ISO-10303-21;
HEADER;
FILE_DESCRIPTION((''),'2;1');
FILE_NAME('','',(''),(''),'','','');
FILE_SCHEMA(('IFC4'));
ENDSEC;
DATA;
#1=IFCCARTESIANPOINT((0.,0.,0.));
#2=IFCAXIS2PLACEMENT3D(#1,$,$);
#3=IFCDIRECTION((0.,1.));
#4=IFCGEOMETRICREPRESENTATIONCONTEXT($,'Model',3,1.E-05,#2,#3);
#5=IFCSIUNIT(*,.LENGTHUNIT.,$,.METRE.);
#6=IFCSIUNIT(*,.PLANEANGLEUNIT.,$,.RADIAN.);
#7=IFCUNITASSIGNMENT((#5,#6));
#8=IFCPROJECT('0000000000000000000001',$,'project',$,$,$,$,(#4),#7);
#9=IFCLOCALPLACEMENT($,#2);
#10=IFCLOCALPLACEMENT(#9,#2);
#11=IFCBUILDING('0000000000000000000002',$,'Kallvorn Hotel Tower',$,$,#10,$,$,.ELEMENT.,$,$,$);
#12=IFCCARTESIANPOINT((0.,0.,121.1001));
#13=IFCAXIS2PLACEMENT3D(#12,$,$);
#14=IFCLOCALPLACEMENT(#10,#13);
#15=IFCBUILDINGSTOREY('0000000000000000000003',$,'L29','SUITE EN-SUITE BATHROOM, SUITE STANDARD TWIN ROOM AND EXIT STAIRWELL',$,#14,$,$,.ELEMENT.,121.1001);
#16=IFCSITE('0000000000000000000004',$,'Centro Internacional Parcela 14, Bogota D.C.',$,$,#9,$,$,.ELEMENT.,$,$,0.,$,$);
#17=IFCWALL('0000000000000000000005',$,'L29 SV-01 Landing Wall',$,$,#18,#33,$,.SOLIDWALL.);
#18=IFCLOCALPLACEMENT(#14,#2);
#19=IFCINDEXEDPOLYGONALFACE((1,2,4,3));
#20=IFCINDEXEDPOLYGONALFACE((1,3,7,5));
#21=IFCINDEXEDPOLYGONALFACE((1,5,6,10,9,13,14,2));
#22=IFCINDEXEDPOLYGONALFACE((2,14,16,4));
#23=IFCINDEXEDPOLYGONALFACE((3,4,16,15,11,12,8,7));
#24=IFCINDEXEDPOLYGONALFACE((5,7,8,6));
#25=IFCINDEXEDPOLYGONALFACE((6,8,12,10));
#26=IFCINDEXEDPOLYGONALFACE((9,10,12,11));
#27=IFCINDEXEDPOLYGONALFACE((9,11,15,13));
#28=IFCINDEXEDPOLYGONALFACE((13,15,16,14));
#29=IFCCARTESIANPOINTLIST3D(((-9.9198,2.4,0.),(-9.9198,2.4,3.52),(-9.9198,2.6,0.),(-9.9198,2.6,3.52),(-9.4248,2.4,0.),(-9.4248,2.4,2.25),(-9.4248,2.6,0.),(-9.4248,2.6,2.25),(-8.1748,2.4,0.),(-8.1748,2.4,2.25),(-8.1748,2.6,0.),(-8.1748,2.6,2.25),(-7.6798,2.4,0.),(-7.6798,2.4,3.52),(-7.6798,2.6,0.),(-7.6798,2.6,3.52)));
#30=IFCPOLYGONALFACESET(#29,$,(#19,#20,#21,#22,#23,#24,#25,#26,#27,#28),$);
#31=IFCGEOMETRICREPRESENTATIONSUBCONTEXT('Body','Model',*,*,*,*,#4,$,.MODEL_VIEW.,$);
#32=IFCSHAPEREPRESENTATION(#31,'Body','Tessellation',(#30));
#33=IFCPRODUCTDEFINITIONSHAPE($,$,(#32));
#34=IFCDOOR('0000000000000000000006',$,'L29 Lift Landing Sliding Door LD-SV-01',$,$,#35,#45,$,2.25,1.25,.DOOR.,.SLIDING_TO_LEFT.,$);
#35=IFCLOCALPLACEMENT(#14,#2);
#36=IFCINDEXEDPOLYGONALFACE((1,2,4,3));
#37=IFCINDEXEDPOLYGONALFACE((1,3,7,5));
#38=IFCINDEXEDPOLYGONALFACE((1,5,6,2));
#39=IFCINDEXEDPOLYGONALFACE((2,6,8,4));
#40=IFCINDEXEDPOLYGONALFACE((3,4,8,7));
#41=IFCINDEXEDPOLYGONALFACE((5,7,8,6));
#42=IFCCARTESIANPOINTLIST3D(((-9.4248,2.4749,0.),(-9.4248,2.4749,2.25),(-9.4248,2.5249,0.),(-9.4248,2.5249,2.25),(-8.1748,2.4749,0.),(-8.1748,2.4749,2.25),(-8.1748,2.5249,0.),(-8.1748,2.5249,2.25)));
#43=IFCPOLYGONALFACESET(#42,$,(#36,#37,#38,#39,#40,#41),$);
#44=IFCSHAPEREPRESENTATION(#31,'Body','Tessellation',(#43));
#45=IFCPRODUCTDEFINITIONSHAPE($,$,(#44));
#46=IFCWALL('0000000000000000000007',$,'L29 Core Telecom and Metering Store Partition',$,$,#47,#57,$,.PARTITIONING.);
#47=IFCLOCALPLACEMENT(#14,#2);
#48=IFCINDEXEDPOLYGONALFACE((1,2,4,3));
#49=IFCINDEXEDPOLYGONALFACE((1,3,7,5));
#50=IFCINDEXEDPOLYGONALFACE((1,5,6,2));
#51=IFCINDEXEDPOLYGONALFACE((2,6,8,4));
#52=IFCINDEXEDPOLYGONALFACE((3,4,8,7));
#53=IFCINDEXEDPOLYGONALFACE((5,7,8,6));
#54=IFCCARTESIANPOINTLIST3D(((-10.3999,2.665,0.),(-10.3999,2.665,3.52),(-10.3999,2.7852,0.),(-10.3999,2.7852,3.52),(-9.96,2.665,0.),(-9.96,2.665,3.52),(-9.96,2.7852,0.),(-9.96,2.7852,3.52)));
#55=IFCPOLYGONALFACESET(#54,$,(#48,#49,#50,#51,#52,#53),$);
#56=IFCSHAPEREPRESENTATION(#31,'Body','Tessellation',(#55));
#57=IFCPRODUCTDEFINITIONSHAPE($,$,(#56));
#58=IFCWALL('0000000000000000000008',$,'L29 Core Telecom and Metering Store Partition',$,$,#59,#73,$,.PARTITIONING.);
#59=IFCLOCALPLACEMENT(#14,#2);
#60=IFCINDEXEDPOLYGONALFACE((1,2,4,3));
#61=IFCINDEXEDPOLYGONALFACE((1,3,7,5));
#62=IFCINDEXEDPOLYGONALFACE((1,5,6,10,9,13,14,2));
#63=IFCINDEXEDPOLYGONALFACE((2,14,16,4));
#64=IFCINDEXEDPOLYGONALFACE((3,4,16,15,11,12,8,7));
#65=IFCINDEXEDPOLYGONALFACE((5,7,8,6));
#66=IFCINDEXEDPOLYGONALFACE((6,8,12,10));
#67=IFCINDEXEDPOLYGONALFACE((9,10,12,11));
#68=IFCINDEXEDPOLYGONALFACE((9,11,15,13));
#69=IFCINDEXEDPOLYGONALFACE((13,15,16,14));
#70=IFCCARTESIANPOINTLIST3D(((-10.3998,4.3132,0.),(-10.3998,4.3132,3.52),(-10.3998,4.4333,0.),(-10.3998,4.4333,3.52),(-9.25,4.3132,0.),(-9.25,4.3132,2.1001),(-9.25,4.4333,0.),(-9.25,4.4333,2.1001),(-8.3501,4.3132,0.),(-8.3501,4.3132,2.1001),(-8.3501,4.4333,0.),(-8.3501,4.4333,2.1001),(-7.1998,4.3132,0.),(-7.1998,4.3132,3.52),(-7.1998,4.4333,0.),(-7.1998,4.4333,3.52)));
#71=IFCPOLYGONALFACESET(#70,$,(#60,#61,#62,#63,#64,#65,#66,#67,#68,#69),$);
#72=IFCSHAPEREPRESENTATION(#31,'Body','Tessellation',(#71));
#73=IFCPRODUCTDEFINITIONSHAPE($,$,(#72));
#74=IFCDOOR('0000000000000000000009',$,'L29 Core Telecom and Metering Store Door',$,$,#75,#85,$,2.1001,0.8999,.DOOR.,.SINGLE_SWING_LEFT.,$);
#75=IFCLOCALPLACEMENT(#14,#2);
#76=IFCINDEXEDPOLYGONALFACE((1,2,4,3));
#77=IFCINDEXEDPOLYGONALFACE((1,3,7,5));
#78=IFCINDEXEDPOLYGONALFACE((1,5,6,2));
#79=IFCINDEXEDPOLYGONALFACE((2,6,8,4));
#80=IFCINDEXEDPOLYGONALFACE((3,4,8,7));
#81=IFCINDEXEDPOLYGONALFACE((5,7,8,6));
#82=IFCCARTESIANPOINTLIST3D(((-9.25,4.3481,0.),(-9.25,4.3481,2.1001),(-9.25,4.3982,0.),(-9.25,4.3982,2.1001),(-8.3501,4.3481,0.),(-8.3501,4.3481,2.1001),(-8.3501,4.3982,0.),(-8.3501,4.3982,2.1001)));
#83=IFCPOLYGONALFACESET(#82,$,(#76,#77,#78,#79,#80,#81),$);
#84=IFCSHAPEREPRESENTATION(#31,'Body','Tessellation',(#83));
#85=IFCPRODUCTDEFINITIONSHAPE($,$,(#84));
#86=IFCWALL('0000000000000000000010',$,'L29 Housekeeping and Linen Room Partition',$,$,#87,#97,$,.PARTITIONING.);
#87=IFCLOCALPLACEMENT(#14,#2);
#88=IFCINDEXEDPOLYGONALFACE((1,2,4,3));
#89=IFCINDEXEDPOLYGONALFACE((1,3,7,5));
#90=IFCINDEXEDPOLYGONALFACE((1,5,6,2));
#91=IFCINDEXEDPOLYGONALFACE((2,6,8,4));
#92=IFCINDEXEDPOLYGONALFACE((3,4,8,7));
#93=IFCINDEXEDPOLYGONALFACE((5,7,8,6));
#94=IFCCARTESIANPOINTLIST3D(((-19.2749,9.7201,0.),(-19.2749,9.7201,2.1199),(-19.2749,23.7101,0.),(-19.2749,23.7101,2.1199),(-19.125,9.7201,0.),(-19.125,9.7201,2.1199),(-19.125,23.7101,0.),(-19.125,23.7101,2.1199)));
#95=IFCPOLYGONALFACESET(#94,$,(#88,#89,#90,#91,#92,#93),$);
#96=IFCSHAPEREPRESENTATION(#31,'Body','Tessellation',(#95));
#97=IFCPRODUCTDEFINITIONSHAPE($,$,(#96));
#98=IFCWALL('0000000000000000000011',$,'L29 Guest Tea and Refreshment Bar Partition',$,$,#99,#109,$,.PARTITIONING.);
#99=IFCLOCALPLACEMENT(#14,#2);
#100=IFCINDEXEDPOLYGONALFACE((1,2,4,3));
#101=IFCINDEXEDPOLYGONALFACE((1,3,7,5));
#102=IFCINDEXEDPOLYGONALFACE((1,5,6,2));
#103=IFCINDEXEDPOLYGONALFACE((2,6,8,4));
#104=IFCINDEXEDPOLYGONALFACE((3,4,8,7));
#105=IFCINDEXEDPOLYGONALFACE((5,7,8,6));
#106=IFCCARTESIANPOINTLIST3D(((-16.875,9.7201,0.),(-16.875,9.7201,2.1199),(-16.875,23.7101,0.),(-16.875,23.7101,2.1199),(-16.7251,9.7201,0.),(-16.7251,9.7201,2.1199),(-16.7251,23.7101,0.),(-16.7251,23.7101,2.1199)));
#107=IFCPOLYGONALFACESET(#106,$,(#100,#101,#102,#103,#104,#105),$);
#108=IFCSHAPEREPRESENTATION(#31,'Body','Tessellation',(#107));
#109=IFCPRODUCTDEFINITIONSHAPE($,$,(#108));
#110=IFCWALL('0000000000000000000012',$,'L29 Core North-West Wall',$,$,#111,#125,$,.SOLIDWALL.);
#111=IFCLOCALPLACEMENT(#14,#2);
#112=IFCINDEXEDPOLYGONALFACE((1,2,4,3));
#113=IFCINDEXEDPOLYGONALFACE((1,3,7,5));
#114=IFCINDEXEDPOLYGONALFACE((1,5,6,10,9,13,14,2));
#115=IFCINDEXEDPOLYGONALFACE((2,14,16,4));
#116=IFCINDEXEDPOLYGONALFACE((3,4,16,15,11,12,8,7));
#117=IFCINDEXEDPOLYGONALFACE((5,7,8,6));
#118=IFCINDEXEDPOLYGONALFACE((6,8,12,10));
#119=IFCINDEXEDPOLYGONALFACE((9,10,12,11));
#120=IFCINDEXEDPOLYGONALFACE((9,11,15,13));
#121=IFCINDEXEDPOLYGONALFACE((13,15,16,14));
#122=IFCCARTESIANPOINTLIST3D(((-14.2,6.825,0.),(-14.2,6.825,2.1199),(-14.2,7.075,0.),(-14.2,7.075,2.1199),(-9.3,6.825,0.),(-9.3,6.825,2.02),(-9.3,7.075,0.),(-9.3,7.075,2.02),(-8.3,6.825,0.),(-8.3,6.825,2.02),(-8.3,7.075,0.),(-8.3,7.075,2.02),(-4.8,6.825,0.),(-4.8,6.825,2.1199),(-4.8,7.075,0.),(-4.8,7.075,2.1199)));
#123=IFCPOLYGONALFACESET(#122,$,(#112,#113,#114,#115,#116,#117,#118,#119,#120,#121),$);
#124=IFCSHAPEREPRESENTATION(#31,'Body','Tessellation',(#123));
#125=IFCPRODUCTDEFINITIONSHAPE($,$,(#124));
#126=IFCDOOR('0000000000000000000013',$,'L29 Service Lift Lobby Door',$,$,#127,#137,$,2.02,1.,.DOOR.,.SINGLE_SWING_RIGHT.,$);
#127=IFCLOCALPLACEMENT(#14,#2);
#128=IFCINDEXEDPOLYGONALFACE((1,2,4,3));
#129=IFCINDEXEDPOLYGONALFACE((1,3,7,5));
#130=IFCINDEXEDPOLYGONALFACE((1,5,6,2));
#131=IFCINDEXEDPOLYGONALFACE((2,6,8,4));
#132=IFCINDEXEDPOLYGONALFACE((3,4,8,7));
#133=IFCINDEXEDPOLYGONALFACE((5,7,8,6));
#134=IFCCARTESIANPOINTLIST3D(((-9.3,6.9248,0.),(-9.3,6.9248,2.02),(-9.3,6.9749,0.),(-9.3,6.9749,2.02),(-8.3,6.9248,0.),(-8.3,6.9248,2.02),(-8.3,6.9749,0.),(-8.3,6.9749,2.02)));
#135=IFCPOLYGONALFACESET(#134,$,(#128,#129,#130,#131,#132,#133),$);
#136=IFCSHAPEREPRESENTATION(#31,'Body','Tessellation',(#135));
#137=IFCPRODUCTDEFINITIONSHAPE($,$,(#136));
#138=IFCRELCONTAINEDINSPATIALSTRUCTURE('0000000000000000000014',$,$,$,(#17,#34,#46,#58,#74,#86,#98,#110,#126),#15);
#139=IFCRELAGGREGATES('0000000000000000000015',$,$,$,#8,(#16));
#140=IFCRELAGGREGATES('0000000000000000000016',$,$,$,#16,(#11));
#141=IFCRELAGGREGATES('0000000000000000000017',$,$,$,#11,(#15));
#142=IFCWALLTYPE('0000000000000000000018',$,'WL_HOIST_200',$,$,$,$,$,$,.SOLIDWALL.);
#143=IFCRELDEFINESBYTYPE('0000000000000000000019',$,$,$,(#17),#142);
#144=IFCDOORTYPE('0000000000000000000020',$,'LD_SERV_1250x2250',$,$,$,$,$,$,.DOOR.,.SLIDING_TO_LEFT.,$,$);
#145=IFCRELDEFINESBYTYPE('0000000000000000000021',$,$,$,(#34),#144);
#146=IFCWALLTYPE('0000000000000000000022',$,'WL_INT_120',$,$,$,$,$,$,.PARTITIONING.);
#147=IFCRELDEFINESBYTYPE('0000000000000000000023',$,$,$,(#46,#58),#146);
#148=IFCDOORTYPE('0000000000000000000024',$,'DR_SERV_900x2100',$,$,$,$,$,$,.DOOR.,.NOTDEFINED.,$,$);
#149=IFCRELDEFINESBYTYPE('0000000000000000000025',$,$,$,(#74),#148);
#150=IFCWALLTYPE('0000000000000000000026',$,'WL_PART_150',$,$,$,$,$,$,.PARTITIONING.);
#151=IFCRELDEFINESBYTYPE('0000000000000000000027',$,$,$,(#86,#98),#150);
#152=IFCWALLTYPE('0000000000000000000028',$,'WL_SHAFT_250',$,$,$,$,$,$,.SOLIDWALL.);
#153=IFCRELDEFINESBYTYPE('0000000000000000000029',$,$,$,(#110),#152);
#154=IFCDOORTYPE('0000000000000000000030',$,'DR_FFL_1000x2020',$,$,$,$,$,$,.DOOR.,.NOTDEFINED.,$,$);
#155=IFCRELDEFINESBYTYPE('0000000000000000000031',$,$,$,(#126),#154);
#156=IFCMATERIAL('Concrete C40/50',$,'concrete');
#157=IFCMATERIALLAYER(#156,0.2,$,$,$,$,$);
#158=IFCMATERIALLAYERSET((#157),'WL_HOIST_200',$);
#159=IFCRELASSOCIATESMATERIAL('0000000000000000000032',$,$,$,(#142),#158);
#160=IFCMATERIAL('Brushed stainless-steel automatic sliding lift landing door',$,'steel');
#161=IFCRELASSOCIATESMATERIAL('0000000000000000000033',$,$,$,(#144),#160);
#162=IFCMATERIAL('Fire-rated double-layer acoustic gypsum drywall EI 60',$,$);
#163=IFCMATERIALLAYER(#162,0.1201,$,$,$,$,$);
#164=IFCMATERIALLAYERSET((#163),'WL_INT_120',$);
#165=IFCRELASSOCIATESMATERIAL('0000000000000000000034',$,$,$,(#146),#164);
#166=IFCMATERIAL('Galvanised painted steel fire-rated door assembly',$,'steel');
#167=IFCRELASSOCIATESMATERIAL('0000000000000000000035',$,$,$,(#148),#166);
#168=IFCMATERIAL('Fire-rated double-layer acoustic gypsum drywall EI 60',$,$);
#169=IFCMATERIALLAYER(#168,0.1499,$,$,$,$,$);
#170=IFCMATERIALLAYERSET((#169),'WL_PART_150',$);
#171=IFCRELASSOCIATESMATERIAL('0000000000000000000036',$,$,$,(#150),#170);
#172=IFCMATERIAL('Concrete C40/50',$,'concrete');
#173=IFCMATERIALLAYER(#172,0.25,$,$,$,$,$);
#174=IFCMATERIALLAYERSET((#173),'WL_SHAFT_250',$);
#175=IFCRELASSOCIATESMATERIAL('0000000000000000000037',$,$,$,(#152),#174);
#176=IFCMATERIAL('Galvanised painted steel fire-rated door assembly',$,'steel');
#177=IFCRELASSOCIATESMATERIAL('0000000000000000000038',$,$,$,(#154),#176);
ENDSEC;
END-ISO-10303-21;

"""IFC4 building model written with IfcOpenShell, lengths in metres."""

from ifc_helpers import new_model, si_unit, direction, frame, frame_2d, origin, place, context, subcontext, project, spatial, rectangle, extrude, material, layer, layer_set, type_object, element, fill, save


model = new_model("IFC4")

# Units and contexts
model_context = context("Model", 3, precision=1e-05, world=origin(), true_north=direction((0.0, 1.0)))
body_context = subcontext(model_context, "Body", "Model", "MODEL_VIEW")
ifc_project = project(units=[si_unit("LENGTHUNIT", "METRE"), si_unit("PLANEANGLEUNIT", "RADIAN")], contexts=[model_context])

# Site, building, storey
site_placement = place(None, origin())
site = spatial("IfcSite", under=ifc_project, at=site_placement, Name="Centro Internacional Parcela 14, Bogota D.C.", CompositionType="ELEMENT", RefElevation=0.0)
building_placement = place(site_placement, origin())
building = spatial("IfcBuilding", under=site, at=building_placement, Name="Kallvorn Hotel Tower", CompositionType="ELEMENT")
storey_placement = place(building_placement, frame((0.0, 0.0, 121.1001)))
storey = spatial("IfcBuildingStorey", under=building, at=storey_placement, Name="L29", Description="SUITE EN-SUITE BATHROOM, SUITE STANDARD TWIN ROOM AND EXIT STAIRWELL", CompositionType="ELEMENT", Elevation=121.1001)

# Shared definitions
ifc_material_1 = material(Name="Concrete C40/50", Category="concrete")
ifc_layer_1 = layer(ifc_material_1, 0.2)
ifc_layer_set_1 = layer_set([ifc_layer_1], Name="WL_HOIST_200")
wall_type_1 = type_object("IfcWallType", Name="WL_HOIST_200", PredefinedType="SOLIDWALL", material=ifc_layer_set_1)

# Wall, opening, door
wall_1_placement = place(storey_placement, frame((-9.9199, 2.5, 0.0), z_axis=(0.0, 0.0, 1.0), x_axis=(1.0, 0.0, 0.0)))
wall_1 = element("IfcWall", 1, at=wall_1_placement, inside=storey, type_object=wall_type_1, Name="L29 SV-01 Landing Wall", PredefinedType="SOLIDWALL", context=body_context, shape_type="SweptSolid", body=[
    extrude(rectangle(XDim=2.24, YDim=0.2, at=frame_2d((1.1201, 0.0))), origin(), (0.0, 0.0, 1.0), 3.52),
])
opening_1_placement = place(wall_1_placement, frame((0.4951, 0.0, 0.0)))
opening_1 = element("IfcOpeningElement", 2, at=opening_1_placement, cuts=wall_1, PredefinedType="OPENING", context=body_context, shape_type="SweptSolid", body=[
    extrude(rectangle(XDim=1.25, YDim=2.25, at=frame_2d((0.625, 1.125))), frame((0.0, 0.115, 0.0), z_axis=(0.0, -1.0, 0.0), x_axis=(1.0, 0.0, 0.0)), (0.0, 0.0, 1.0), 0.23),
])
ifc_material_2 = material(Name="Brushed stainless-steel automatic sliding lift landing door", Category="steel")
door_type_1 = type_object("IfcDoorType", Name="LD_SERV_1250x2250", OperationType="SLIDING_TO_LEFT", PredefinedType="DOOR", material=ifc_material_2)
door_1_placement = place(opening_1_placement, origin())
door_1 = element("IfcDoor", 3, at=door_1_placement, inside=storey, type_object=door_type_1, Name="L29 Lift Landing Sliding Door LD-SV-01", OperationType="SLIDING_TO_LEFT", OverallHeight=2.25, OverallWidth=1.25, PredefinedType="DOOR", context=body_context, shape_type="SweptSolid", body=[
    extrude(rectangle(XDim=1.25, YDim=2.25, at=frame_2d((0.625, 1.125))), frame((0.0, 0.0249, 0.0), z_axis=(0.0, -1.0, 0.0), x_axis=(1.0, 0.0, 0.0)), (0.0, 0.0, 1.0), 0.05),
])
fill(opening_1, door_1)

# Wall
ifc_material_3 = material(Name="Fire-rated double-layer acoustic gypsum drywall EI 60")
ifc_layer_2 = layer(ifc_material_3, 0.1201)
ifc_layer_set_2 = layer_set([ifc_layer_2], Name="WL_INT_120")
wall_type_2 = type_object("IfcWallType", Name="WL_INT_120", PredefinedType="PARTITIONING", material=ifc_layer_set_2)
wall_2_placement = place(storey_placement, frame((-10.3999, 2.7251, 0.0), z_axis=(0.0, 0.0, 1.0), x_axis=(1.0, 0.0, 0.0)))
element("IfcWall", 4, at=wall_2_placement, inside=storey, type_object=wall_type_2, Name="L29 Core Telecom and Metering Store Partition", PredefinedType="PARTITIONING", context=body_context, shape_type="SweptSolid", body=[
    extrude(rectangle(XDim=0.4399, YDim=0.1201, at=frame_2d((0.22, 0.0))), origin(), (0.0, 0.0, 1.0), 3.52),
])

# Wall, opening, door
wall_3_placement = place(storey_placement, frame((-10.3999, 4.3733, 0.0), z_axis=(0.0, 0.0, 1.0), x_axis=(1.0, 0.0, 0.0)))
wall_3 = element("IfcWall", 5, at=wall_3_placement, inside=storey, type_object=wall_type_2, Name="L29 Core Telecom and Metering Store Partition", PredefinedType="PARTITIONING", context=body_context, shape_type="SweptSolid", body=[
    extrude(rectangle(XDim=3.2, YDim=0.1201, at=frame_2d((1.6001, 0.0))), origin(), (0.0, 0.0, 1.0), 3.52),
])
opening_2_placement = place(wall_3_placement, frame((1.1499, 0.0, 0.0)))
opening_2 = element("IfcOpeningElement", 6, at=opening_2_placement, cuts=wall_3, PredefinedType="OPENING", context=body_context, shape_type="SweptSolid", body=[
    extrude(rectangle(XDim=0.8999, YDim=2.1001, at=frame_2d((0.45, 1.05))), frame((0.0, 0.075, 0.0), z_axis=(0.0, -1.0, 0.0), x_axis=(1.0, 0.0, 0.0)), (0.0, 0.0, 1.0), 0.1501),
])
ifc_material_4 = material(Name="Galvanised painted steel fire-rated door assembly", Category="steel")
door_type_2 = type_object("IfcDoorType", Name="DR_SERV_900x2100", OperationType="NOTDEFINED", PredefinedType="DOOR", material=ifc_material_4)
door_2_placement = place(opening_2_placement, origin())
door_2 = element("IfcDoor", 7, at=door_2_placement, inside=storey, type_object=door_type_2, Name="L29 Core Telecom and Metering Store Door", OperationType="SINGLE_SWING_LEFT", OverallHeight=2.1001, OverallWidth=0.8999, PredefinedType="DOOR", context=body_context, shape_type="SweptSolid", body=[
    extrude(rectangle(XDim=0.8999, YDim=2.1001, at=frame_2d((0.45, 1.05))), frame((0.0, 0.0249, 0.0), z_axis=(0.0, -1.0, 0.0), x_axis=(1.0, 0.0, 0.0)), (0.0, 0.0, 1.0), 0.05),
])
fill(opening_2, door_2)

# Walls
ifc_material_5 = material(Name="Fire-rated double-layer acoustic gypsum drywall EI 60")
ifc_layer_3 = layer(ifc_material_5, 0.1499)
ifc_layer_set_3 = layer_set([ifc_layer_3], Name="WL_PART_150")
wall_type_3 = type_object("IfcWallType", Name="WL_PART_150", PredefinedType="PARTITIONING", material=ifc_layer_set_3)
for number, where, z_axis, x_axis, name in (
    (8, (-19.2, 9.72, 0.0), (0.0, 0.0, 1.0), (0.0, 1.0, 0.0), "L29 Housekeeping and Linen Room Partition"),
    (9, (-16.8, 9.72, 0.0), (0.0, 0.0, 1.0), (0.0, 1.0, 0.0), "L29 Guest Tea and Refreshment Bar Partition"),
):
    element("IfcWall", number, at=place(storey_placement, frame(where, z_axis=z_axis, x_axis=x_axis)), inside=storey, type_object=wall_type_3, Name=name, PredefinedType="PARTITIONING", context=body_context, shape_type="SweptSolid", body=[
        extrude(rectangle(XDim=13.99, YDim=0.1499, at=frame_2d((6.9951, 0.0))), origin(), (0.0, 0.0, 1.0), 2.1199),
    ])

# Wall, opening, door
ifc_material_6 = material(Name="Concrete C40/50", Category="concrete")
ifc_layer_4 = layer(ifc_material_6, 0.25)
ifc_layer_set_4 = layer_set([ifc_layer_4], Name="WL_SHAFT_250")
wall_type_4 = type_object("IfcWallType", Name="WL_SHAFT_250", PredefinedType="SOLIDWALL", material=ifc_layer_set_4)
wall_4_placement = place(storey_placement, frame((-14.2, 6.95, 0.0), z_axis=(0.0, 0.0, 1.0), x_axis=(1.0, 0.0, 0.0)))
wall_4 = element("IfcWall", 10, at=wall_4_placement, inside=storey, type_object=wall_type_4, Name="L29 Core North-West Wall", PredefinedType="SOLIDWALL", context=body_context, shape_type="SweptSolid", body=[
    extrude(rectangle(XDim=9.3999, YDim=0.25, at=frame_2d((4.7, 0.0))), origin(), (0.0, 0.0, 1.0), 2.1199),
])
opening_3_placement = place(wall_4_placement, frame((4.8999, 0.0, 0.0)))
opening_3 = element("IfcOpeningElement", 11, at=opening_3_placement, cuts=wall_4, PredefinedType="OPENING", context=body_context, shape_type="SweptSolid", body=[
    extrude(rectangle(XDim=1.0, YDim=2.02, at=frame_2d((0.5, 1.01))), frame((0.0, 0.1399, 0.0), z_axis=(0.0, -1.0, 0.0), x_axis=(1.0, 0.0, 0.0)), (0.0, 0.0, 1.0), 0.28),
])
ifc_material_7 = material(Name="Galvanised painted steel fire-rated door assembly", Category="steel")
door_type_3 = type_object("IfcDoorType", Name="DR_FFL_1000x2020", OperationType="NOTDEFINED", PredefinedType="DOOR", material=ifc_material_7)
door_3_placement = place(opening_3_placement, origin())
door_3 = element("IfcDoor", 12, at=door_3_placement, inside=storey, type_object=door_type_3, Name="L29 Service Lift Lobby Door", OperationType="SINGLE_SWING_RIGHT", OverallHeight=2.02, OverallWidth=1.0, PredefinedType="DOOR", context=body_context, shape_type="SweptSolid", body=[
    extrude(rectangle(XDim=1.0, YDim=2.02, at=frame_2d((0.5, 1.01))), frame((0.0, 0.0249, 0.0), z_axis=(0.0, -1.0, 0.0), x_axis=(1.0, 0.0, 0.0)), (0.0, 0.0, 1.0), 0.05),
])
fill(opening_3, door_3)

save(model, "model.ifc")
